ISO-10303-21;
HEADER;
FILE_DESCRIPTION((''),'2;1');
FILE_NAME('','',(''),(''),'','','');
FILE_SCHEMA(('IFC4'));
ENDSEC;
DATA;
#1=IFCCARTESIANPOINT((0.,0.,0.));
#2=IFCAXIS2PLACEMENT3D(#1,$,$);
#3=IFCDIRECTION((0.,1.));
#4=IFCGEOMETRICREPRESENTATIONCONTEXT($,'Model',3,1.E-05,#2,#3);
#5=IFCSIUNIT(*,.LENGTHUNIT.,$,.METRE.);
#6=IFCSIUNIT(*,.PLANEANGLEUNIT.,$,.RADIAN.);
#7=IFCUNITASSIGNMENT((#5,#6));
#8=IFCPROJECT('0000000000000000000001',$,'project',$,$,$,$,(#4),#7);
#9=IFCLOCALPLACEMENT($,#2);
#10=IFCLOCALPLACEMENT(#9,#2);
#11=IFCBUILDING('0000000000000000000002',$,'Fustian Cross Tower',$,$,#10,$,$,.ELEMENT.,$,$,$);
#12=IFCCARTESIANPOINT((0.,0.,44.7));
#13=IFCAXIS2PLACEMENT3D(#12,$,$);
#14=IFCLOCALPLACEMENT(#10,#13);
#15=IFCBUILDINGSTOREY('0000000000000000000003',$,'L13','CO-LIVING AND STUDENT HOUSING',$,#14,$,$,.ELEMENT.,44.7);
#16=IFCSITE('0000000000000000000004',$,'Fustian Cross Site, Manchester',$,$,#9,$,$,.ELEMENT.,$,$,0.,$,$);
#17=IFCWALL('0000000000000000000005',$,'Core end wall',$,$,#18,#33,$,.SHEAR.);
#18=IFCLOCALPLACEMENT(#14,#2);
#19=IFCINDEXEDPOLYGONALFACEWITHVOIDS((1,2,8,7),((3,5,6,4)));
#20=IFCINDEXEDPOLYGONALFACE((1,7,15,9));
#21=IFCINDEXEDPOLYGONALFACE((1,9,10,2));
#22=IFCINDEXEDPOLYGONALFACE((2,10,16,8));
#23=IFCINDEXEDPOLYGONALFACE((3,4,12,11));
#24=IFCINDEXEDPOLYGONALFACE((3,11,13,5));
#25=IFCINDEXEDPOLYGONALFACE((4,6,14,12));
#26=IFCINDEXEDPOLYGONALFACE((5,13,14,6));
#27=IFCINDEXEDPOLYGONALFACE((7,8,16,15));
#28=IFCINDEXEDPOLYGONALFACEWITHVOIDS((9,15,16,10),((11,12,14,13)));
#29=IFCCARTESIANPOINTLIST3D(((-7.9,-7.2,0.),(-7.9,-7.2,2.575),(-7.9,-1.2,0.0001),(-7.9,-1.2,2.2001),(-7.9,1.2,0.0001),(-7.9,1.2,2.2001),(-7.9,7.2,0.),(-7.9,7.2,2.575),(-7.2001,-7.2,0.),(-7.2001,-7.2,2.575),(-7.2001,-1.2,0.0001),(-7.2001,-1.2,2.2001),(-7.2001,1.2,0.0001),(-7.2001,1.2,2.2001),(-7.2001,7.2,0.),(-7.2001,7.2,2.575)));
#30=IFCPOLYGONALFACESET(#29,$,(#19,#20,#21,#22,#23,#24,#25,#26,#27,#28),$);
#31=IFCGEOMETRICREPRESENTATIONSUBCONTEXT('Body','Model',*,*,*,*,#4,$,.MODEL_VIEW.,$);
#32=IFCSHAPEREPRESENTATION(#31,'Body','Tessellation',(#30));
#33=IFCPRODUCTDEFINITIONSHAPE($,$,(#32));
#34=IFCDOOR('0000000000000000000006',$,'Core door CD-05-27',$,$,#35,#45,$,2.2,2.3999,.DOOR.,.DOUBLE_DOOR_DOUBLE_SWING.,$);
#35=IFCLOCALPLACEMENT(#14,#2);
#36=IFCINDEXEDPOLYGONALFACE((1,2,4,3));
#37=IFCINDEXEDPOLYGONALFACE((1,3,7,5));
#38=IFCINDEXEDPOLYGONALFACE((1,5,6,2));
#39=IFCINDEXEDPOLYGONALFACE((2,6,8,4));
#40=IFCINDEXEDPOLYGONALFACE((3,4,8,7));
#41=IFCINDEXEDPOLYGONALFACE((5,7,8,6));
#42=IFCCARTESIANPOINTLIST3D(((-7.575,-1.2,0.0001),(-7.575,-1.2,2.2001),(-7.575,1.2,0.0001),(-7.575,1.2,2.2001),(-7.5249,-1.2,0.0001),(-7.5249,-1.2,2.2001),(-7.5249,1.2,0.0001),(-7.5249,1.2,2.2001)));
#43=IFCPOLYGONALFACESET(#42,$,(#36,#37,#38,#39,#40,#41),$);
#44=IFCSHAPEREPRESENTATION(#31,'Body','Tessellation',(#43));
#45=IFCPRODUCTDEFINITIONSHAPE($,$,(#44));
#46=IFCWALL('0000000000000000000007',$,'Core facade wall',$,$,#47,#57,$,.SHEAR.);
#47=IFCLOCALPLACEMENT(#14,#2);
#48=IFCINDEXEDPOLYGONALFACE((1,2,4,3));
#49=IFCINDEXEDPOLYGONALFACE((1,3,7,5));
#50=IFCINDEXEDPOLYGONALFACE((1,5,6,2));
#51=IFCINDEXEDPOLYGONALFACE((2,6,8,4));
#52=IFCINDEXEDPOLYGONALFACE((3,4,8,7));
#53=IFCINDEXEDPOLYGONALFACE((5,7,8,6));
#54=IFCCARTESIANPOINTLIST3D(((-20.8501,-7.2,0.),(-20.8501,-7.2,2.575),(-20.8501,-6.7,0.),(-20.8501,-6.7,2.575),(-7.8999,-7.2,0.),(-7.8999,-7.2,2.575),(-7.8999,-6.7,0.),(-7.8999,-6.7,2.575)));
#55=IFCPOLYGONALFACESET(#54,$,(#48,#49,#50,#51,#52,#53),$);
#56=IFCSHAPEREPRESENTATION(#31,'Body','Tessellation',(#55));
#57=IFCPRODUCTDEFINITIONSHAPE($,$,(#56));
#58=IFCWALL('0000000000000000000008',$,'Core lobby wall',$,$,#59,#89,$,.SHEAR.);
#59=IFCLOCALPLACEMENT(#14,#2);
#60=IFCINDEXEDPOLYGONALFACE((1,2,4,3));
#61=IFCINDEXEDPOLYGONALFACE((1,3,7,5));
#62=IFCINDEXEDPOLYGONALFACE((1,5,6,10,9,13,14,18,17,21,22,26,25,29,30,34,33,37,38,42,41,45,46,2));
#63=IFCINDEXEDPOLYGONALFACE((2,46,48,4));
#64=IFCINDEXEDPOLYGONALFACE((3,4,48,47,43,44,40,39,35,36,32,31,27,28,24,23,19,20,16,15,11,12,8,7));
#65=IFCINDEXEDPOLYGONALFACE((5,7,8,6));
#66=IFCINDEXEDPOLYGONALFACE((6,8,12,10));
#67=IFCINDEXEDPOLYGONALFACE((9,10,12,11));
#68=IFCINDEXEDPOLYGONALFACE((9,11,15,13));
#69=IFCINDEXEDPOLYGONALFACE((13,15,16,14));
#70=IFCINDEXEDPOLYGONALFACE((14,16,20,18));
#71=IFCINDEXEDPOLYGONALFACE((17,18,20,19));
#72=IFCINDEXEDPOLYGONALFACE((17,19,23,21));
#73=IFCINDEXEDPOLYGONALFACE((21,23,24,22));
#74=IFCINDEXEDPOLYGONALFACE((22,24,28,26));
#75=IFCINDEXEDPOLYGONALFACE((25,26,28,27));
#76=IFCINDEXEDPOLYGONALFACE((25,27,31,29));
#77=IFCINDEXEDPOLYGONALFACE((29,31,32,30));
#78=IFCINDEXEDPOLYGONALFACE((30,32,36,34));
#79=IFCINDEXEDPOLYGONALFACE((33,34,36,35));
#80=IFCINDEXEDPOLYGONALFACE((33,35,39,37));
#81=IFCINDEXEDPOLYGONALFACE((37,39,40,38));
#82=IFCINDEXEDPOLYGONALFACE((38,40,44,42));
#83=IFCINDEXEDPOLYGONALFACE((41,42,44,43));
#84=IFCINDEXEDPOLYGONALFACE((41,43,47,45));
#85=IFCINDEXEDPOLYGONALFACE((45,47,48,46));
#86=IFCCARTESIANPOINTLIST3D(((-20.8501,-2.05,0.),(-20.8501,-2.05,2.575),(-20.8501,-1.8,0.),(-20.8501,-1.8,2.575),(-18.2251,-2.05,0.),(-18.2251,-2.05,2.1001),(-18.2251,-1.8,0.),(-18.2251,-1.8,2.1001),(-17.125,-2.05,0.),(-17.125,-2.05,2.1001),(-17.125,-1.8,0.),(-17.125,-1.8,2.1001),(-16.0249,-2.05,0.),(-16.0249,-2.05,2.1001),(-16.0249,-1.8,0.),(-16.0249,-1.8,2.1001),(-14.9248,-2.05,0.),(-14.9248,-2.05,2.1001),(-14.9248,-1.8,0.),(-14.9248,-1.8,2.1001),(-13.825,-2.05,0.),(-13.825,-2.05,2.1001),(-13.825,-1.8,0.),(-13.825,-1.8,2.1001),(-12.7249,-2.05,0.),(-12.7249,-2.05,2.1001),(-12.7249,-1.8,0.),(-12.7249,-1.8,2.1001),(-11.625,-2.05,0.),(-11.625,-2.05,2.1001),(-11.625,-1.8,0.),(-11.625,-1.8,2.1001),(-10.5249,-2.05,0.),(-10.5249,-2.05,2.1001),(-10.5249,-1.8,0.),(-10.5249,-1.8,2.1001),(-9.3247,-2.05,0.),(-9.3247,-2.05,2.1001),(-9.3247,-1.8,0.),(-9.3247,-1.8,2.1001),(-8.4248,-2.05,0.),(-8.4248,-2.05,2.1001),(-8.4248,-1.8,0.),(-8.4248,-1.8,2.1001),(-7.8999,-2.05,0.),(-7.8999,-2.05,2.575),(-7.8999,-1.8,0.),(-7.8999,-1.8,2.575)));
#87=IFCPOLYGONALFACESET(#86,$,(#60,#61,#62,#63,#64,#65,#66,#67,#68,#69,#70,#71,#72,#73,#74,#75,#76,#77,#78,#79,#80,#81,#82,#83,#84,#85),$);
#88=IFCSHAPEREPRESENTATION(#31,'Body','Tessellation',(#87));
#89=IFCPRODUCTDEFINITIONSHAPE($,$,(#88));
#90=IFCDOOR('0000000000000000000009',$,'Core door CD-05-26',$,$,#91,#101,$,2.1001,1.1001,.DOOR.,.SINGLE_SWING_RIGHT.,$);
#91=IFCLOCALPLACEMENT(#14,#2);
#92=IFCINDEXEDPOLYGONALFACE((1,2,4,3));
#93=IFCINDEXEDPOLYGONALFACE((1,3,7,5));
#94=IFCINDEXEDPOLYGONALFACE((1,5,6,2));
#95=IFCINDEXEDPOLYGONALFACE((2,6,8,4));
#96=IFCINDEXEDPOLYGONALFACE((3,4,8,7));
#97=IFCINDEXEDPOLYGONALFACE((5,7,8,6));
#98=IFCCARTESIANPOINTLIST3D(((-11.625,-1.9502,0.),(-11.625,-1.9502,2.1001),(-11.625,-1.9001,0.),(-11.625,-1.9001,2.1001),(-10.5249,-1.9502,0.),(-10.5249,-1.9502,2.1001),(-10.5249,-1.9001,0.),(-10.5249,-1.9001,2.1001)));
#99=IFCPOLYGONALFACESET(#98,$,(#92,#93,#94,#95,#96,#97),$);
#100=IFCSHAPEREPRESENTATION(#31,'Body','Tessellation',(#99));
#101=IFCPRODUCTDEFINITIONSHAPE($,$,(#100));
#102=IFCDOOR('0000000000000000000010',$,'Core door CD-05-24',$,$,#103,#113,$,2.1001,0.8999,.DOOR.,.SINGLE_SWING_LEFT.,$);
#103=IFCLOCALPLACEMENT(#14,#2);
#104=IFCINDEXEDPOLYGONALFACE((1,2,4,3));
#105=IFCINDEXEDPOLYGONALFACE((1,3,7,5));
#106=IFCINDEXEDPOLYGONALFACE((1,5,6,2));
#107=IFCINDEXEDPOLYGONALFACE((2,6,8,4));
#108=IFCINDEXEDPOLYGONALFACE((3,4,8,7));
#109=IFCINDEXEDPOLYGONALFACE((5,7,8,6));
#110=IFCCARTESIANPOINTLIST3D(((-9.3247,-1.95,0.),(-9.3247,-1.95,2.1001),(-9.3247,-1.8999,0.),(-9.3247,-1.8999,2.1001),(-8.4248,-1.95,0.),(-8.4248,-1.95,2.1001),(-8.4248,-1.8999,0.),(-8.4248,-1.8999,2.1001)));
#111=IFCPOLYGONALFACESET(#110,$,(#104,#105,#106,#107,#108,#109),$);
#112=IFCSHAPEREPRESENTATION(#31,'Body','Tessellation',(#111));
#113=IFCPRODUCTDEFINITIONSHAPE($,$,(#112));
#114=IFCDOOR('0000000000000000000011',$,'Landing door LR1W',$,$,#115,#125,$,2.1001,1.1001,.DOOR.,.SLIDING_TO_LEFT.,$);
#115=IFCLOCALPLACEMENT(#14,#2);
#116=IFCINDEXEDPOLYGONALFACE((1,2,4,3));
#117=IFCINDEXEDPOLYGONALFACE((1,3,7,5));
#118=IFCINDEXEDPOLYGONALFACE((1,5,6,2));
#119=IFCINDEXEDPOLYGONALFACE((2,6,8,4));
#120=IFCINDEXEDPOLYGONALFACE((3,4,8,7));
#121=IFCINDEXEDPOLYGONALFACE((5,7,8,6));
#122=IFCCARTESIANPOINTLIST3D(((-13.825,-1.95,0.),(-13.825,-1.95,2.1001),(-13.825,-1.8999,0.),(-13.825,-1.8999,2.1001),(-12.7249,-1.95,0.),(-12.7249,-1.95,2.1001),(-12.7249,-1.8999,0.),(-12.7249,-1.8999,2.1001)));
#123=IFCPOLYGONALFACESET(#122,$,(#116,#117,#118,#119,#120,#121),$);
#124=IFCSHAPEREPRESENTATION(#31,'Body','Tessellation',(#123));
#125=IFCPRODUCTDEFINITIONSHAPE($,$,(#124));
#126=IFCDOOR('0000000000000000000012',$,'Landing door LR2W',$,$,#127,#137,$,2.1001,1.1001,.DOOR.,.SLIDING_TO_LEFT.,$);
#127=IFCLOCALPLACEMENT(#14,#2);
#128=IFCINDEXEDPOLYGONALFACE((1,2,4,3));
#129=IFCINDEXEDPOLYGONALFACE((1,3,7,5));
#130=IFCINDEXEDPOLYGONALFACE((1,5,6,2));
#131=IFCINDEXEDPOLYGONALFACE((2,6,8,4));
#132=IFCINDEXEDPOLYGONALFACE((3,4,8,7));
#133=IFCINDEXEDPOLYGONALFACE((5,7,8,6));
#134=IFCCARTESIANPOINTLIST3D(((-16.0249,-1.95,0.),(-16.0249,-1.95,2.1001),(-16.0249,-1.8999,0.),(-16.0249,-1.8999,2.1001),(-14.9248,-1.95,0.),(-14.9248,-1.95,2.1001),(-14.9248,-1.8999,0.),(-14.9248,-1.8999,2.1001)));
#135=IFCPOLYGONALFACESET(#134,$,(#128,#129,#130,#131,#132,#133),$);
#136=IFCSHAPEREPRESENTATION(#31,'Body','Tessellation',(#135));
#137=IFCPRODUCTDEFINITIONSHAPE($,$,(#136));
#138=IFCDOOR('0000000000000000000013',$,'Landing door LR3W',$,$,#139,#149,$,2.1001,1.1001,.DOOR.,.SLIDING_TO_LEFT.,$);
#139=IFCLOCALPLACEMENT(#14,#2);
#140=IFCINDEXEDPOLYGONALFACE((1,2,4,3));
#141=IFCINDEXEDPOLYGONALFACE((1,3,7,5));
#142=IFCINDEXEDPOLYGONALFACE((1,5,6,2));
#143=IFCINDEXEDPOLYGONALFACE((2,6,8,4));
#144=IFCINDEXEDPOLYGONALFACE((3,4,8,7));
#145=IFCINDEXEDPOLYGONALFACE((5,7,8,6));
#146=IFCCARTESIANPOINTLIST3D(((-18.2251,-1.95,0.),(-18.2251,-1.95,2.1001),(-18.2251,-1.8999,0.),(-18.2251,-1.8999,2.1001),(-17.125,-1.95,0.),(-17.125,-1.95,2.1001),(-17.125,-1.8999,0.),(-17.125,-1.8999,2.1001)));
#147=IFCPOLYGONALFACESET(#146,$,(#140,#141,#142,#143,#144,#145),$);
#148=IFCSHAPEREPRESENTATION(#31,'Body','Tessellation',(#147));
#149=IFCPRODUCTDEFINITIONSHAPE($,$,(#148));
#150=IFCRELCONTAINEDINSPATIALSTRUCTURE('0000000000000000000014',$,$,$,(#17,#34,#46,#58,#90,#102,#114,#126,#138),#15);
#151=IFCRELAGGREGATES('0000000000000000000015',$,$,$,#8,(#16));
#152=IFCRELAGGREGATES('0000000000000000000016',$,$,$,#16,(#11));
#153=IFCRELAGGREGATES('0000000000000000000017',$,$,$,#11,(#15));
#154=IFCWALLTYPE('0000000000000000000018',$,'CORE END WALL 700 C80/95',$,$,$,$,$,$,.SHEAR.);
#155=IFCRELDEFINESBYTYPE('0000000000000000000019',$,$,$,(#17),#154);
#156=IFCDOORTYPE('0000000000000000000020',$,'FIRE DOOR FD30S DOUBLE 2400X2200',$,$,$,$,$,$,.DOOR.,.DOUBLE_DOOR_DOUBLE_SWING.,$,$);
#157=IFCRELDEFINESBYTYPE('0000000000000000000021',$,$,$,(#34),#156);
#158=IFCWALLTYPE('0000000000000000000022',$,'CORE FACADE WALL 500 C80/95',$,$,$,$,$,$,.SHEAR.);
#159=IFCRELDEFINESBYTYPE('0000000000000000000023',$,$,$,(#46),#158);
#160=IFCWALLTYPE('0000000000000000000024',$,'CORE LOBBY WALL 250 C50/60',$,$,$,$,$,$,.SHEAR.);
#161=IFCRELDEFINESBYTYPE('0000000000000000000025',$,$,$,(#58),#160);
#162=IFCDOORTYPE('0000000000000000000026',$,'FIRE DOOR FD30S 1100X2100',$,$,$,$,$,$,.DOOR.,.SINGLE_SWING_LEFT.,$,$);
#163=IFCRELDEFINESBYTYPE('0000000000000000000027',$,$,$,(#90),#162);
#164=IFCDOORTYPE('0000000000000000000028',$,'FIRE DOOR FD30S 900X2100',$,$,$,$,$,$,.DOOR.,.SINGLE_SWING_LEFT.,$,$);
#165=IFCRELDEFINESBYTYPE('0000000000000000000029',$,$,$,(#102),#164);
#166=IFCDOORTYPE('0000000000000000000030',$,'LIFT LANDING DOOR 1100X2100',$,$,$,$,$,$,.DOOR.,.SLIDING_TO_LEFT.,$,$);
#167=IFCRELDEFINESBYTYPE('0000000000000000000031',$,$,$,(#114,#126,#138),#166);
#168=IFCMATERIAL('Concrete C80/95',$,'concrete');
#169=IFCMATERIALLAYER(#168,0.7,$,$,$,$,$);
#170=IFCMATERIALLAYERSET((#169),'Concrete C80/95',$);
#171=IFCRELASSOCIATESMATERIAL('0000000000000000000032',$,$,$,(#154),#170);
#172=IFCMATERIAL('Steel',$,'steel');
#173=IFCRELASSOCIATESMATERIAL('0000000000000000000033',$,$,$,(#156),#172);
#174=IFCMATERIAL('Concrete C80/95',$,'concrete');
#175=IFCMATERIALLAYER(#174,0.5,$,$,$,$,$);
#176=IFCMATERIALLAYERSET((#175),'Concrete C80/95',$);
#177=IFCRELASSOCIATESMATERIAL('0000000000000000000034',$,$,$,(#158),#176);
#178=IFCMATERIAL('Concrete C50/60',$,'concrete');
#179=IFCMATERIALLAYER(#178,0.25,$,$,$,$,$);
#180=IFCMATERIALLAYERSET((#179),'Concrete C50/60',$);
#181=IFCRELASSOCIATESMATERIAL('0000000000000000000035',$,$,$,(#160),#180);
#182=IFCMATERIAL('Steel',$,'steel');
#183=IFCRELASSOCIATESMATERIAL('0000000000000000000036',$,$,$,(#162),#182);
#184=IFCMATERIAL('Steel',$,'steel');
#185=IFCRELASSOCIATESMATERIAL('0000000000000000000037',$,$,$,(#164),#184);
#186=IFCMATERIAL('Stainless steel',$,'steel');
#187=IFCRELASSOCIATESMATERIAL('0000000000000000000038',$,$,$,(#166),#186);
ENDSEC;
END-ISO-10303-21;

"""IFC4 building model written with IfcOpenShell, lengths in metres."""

from ifc_helpers import new_model, si_unit, direction, frame, frame_2d, origin, place, context, subcontext, project, spatial, rectangle, extrude, material, layer, layer_set, type_object, element, fill, save


model = new_model("IFC4")

# Units and contexts
model_context = context("Model", 3, precision=1e-05, world=origin(), true_north=direction((0.0, 1.0)))
body_context = subcontext(model_context, "Body", "Model", "MODEL_VIEW")
ifc_project = project(units=[si_unit("LENGTHUNIT", "METRE"), si_unit("PLANEANGLEUNIT", "RADIAN")], contexts=[model_context])

# Site, building, storey
site_placement = place(None, origin())
site = spatial("IfcSite", under=ifc_project, at=site_placement, Name="Fustian Cross Site, Manchester", CompositionType="ELEMENT", RefElevation=0.0)
building_placement = place(site_placement, origin())
building = spatial("IfcBuilding", under=site, at=building_placement, Name="Fustian Cross Tower", CompositionType="ELEMENT")
storey_placement = place(building_placement, frame((0.0, 0.0, 44.7)))
storey = spatial("IfcBuildingStorey", under=building, at=storey_placement, Name="L13", Description="CO-LIVING AND STUDENT HOUSING", CompositionType="ELEMENT", Elevation=44.7)

# Wall, opening, door
ifc_material_1 = material(Name="Concrete C80/95", Category="concrete")
ifc_layer_1 = layer(ifc_material_1, 0.7)
ifc_layer_set_1 = layer_set([ifc_layer_1], Name="Concrete C80/95")
wall_type_1 = type_object("IfcWallType", Name="CORE END WALL 700 C80/95", PredefinedType="SHEAR", material=ifc_layer_set_1)
wall_1_placement = place(storey_placement, frame((-7.55, -7.2, 0.0), z_axis=(0.0, 0.0, 1.0), x_axis=(0.0, 1.0, 0.0)))
wall_1 = element("IfcWall", 1, at=wall_1_placement, inside=storey, type_object=wall_type_1, Name="Core end wall", PredefinedType="SHEAR", context=body_context, shape_type="SweptSolid", body=[
    extrude(rectangle(XDim=14.3999, YDim=0.7, at=frame_2d((7.2, 0.0))), origin(), (0.0, 0.0, 1.0), 2.575),
])
opening_1_placement = place(wall_1_placement, frame((6.0, 0.0, 0.0)))
opening_1 = element("IfcOpeningElement", 2, at=opening_1_placement, cuts=wall_1, PredefinedType="OPENING", context=body_context, shape_type="SweptSolid", body=[
    extrude(rectangle(XDim=2.3999, YDim=2.2, at=frame_2d((1.2, 1.1001))), frame((0.0, 0.3599, 0.0), z_axis=(0.0, -1.0, 0.0), x_axis=(1.0, 0.0, 0.0)), (0.0, 0.0, 1.0), 0.72),
])
ifc_material_2 = material(Name="Steel", Category="steel")
door_type_1 = type_object("IfcDoorType", Name="FIRE DOOR FD30S DOUBLE 2400X2200", OperationType="DOUBLE_DOOR_DOUBLE_SWING", PredefinedType="DOOR", material=ifc_material_2)
door_1_placement = place(opening_1_placement, origin())
door_1 = element("IfcDoor", 3, at=door_1_placement, inside=storey, type_object=door_type_1, Name="Core door CD-05-27", OperationType="DOUBLE_DOOR_DOUBLE_SWING", OverallHeight=2.2, OverallWidth=2.3999, PredefinedType="DOOR", context=body_context, shape_type="SweptSolid", body=[
    extrude(rectangle(XDim=2.3999, YDim=2.2, at=frame_2d((1.2, 1.1001))), frame((0.0, 0.0249, 0.0), z_axis=(0.0, -1.0, 0.0), x_axis=(1.0, 0.0, 0.0)), (0.0, 0.0, 1.0), 0.05),
])
fill(opening_1, door_1)

# Wall
ifc_material_3 = material(Name="Concrete C80/95", Category="concrete")
ifc_layer_2 = layer(ifc_material_3, 0.5)
ifc_layer_set_2 = layer_set([ifc_layer_2], Name="Concrete C80/95")
wall_type_2 = type_object("IfcWallType", Name="CORE FACADE WALL 500 C80/95", PredefinedType="SHEAR", material=ifc_layer_set_2)
wall_2_placement = place(storey_placement, frame((-7.8999, -6.95, 0.0), z_axis=(0.0, 0.0, 1.0), x_axis=(-1.0, 0.0, 0.0)))
element("IfcWall", 4, at=wall_2_placement, inside=storey, type_object=wall_type_2, Name="Core facade wall", PredefinedType="SHEAR", context=body_context, shape_type="SweptSolid", body=[
    extrude(rectangle(XDim=12.9502, YDim=0.5, at=frame_2d((6.4751, 0.0))), origin(), (0.0, 0.0, 1.0), 2.575),
])

# Wall, openings, doors
ifc_material_4 = material(Name="Concrete C50/60", Category="concrete")
ifc_layer_3 = layer(ifc_material_4, 0.25)
ifc_layer_set_3 = layer_set([ifc_layer_3], Name="Concrete C50/60")
wall_type_3 = type_object("IfcWallType", Name="CORE LOBBY WALL 250 C50/60", PredefinedType="SHEAR", material=ifc_layer_set_3)
wall_3_placement = place(storey_placement, frame((-7.8999, -1.925, 0.0), z_axis=(0.0, 0.0, 1.0), x_axis=(-1.0, 0.0, 0.0)))
wall_3 = element("IfcWall", 5, at=wall_3_placement, inside=storey, type_object=wall_type_3, Name="Core lobby wall", PredefinedType="SHEAR", context=body_context, shape_type="SweptSolid", body=[
    extrude(rectangle(XDim=12.9502, YDim=0.25, at=frame_2d((6.4751, 0.0))), origin(), (0.0, 0.0, 1.0), 2.575),
])
opening_2_placement = place(wall_3_placement, frame((4.825, 0.0, 0.0)))
opening_2 = element("IfcOpeningElement", 6, at=opening_2_placement, cuts=wall_3, PredefinedType="OPENING", context=body_context, shape_type="SweptSolid", body=[
    extrude(rectangle(XDim=1.1001, YDim=2.1001, at=frame_2d((0.55, 1.05))), frame((0.0, 0.135, 0.0), z_axis=(0.0, -1.0, 0.0), x_axis=(1.0, 0.0, 0.0)), (0.0, 0.0, 1.0), 0.27),
])
opening_3_placement = place(wall_3_placement, frame((7.0249, 0.0, 0.0)))
opening_3 = element("IfcOpeningElement", 7, at=opening_3_placement, cuts=wall_3, PredefinedType="OPENING", context=body_context, shape_type="SweptSolid", body=[
    extrude(rectangle(XDim=1.1001, YDim=2.1001, at=frame_2d((0.55, 1.05))), frame((0.0, 0.135, 0.0), z_axis=(0.0, -1.0, 0.0), x_axis=(1.0, 0.0, 0.0)), (0.0, 0.0, 1.0), 0.27),
])
opening_4_placement = place(wall_3_placement, frame((9.2251, 0.0, 0.0)))
opening_4 = element("IfcOpeningElement", 8, at=opening_4_placement, cuts=wall_3, PredefinedType="OPENING", context=body_context, shape_type="SweptSolid", body=[
    extrude(rectangle(XDim=1.1001, YDim=2.1001, at=frame_2d((0.55, 1.05))), frame((0.0, 0.135, 0.0), z_axis=(0.0, -1.0, 0.0), x_axis=(1.0, 0.0, 0.0)), (0.0, 0.0, 1.0), 0.27),
])
opening_5_placement = place(wall_3_placement, frame((0.5249, 0.0, 0.0)))
opening_5 = element("IfcOpeningElement", 9, at=opening_5_placement, cuts=wall_3, PredefinedType="OPENING", context=body_context, shape_type="SweptSolid", body=[
    extrude(rectangle(XDim=0.8999, YDim=2.1001, at=frame_2d((0.45, 1.05))), frame((0.0, 0.135, 0.0), z_axis=(0.0, -1.0, 0.0), x_axis=(1.0, 0.0, 0.0)), (0.0, 0.0, 1.0), 0.27),
])
opening_6_placement = place(wall_3_placement, frame((2.625, 0.0, 0.0)))
opening_6 = element("IfcOpeningElement", 10, at=opening_6_placement, cuts=wall_3, PredefinedType="OPENING", context=body_context, shape_type="SweptSolid", body=[
    extrude(rectangle(XDim=1.1001, YDim=2.1001, at=frame_2d((0.55, 1.05))), frame((0.0, 0.135, 0.0), z_axis=(0.0, -1.0, 0.0), x_axis=(1.0, 0.0, 0.0)), (0.0, 0.0, 1.0), 0.27),
])
ifc_material_5 = material(Name="Steel", Category="steel")
door_type_2 = type_object("IfcDoorType", Name="FIRE DOOR FD30S 1100X2100", OperationType="SINGLE_SWING_LEFT", PredefinedType="DOOR", material=ifc_material_5)
door_2_placement = place(opening_6_placement, frame((1.1001, 0.0, 0.0), z_axis=(0.0, 0.0, 1.0), x_axis=(-1.0, 0.0, 0.0)))
door_2 = element("IfcDoor", 11, at=door_2_placement, inside=storey, type_object=door_type_2, Name="Core door CD-05-26", OperationType="SINGLE_SWING_RIGHT", OverallHeight=2.1001, OverallWidth=1.1001, PredefinedType="DOOR", context=body_context, shape_type="SweptSolid", body=[
    extrude(rectangle(XDim=1.1001, YDim=2.1001, at=frame_2d((0.55, 1.05))), frame((0.0, 0.0249, 0.0), z_axis=(0.0, -1.0, 0.0), x_axis=(1.0, 0.0, 0.0)), (0.0, 0.0, 1.0), 0.05),
])
fill(opening_6, door_2)
ifc_material_6 = material(Name="Steel", Category="steel")
door_type_3 = type_object("IfcDoorType", Name="FIRE DOOR FD30S 900X2100", OperationType="SINGLE_SWING_LEFT", PredefinedType="DOOR", material=ifc_material_6)
door_3_placement = place(opening_5_placement, origin())
door_3 = element("IfcDoor", 12, at=door_3_placement, inside=storey, type_object=door_type_3, Name="Core door CD-05-24", OperationType="SINGLE_SWING_LEFT", OverallHeight=2.1001, OverallWidth=0.8999, PredefinedType="DOOR", context=body_context, shape_type="SweptSolid", body=[
    extrude(rectangle(XDim=0.8999, YDim=2.1001, at=frame_2d((0.45, 1.05))), frame((0.0, 0.0249, 0.0), z_axis=(0.0, -1.0, 0.0), x_axis=(1.0, 0.0, 0.0)), (0.0, 0.0, 1.0), 0.05),
])
fill(opening_5, door_3)
ifc_material_7 = material(Name="Stainless steel", Category="steel")
door_type_4 = type_object("IfcDoorType", Name="LIFT LANDING DOOR 1100X2100", OperationType="SLIDING_TO_LEFT", PredefinedType="DOOR", material=ifc_material_7)
door_4_placement = place(opening_2_placement, origin())
door_4 = element("IfcDoor", 13, at=door_4_placement, inside=storey, type_object=door_type_4, Name="Landing door LR1W", OperationType="SLIDING_TO_LEFT", OverallHeight=2.1001, OverallWidth=1.1001, PredefinedType="DOOR", context=body_context, shape_type="SweptSolid", body=[
    extrude(rectangle(XDim=1.1001, YDim=2.1001, at=frame_2d((0.55, 1.05))), frame((0.0, 0.0249, 0.0), z_axis=(0.0, -1.0, 0.0), x_axis=(1.0, 0.0, 0.0)), (0.0, 0.0, 1.0), 0.05),
])
fill(opening_2, door_4)
door_5_placement = place(opening_3_placement, origin())
door_5 = element("IfcDoor", 14, at=door_5_placement, inside=storey, type_object=door_type_4, Name="Landing door LR2W", OperationType="SLIDING_TO_LEFT", OverallHeight=2.1001, OverallWidth=1.1001, PredefinedType="DOOR", context=body_context, shape_type="SweptSolid", body=[
    extrude(rectangle(XDim=1.1001, YDim=2.1001, at=frame_2d((0.55, 1.05))), frame((0.0, 0.0249, 0.0), z_axis=(0.0, -1.0, 0.0), x_axis=(1.0, 0.0, 0.0)), (0.0, 0.0, 1.0), 0.05),
])
fill(opening_3, door_5)
door_6_placement = place(opening_4_placement, origin())
door_6 = element("IfcDoor", 15, at=door_6_placement, inside=storey, type_object=door_type_4, Name="Landing door LR3W", OperationType="SLIDING_TO_LEFT", OverallHeight=2.1001, OverallWidth=1.1001, PredefinedType="DOOR", context=body_context, shape_type="SweptSolid", body=[
    extrude(rectangle(XDim=1.1001, YDim=2.1001, at=frame_2d((0.55, 1.05))), frame((0.0, 0.0249, 0.0), z_axis=(0.0, -1.0, 0.0), x_axis=(1.0, 0.0, 0.0)), (0.0, 0.0, 1.0), 0.05),
])
fill(opening_4, door_6)

save(model, "model.ifc")
